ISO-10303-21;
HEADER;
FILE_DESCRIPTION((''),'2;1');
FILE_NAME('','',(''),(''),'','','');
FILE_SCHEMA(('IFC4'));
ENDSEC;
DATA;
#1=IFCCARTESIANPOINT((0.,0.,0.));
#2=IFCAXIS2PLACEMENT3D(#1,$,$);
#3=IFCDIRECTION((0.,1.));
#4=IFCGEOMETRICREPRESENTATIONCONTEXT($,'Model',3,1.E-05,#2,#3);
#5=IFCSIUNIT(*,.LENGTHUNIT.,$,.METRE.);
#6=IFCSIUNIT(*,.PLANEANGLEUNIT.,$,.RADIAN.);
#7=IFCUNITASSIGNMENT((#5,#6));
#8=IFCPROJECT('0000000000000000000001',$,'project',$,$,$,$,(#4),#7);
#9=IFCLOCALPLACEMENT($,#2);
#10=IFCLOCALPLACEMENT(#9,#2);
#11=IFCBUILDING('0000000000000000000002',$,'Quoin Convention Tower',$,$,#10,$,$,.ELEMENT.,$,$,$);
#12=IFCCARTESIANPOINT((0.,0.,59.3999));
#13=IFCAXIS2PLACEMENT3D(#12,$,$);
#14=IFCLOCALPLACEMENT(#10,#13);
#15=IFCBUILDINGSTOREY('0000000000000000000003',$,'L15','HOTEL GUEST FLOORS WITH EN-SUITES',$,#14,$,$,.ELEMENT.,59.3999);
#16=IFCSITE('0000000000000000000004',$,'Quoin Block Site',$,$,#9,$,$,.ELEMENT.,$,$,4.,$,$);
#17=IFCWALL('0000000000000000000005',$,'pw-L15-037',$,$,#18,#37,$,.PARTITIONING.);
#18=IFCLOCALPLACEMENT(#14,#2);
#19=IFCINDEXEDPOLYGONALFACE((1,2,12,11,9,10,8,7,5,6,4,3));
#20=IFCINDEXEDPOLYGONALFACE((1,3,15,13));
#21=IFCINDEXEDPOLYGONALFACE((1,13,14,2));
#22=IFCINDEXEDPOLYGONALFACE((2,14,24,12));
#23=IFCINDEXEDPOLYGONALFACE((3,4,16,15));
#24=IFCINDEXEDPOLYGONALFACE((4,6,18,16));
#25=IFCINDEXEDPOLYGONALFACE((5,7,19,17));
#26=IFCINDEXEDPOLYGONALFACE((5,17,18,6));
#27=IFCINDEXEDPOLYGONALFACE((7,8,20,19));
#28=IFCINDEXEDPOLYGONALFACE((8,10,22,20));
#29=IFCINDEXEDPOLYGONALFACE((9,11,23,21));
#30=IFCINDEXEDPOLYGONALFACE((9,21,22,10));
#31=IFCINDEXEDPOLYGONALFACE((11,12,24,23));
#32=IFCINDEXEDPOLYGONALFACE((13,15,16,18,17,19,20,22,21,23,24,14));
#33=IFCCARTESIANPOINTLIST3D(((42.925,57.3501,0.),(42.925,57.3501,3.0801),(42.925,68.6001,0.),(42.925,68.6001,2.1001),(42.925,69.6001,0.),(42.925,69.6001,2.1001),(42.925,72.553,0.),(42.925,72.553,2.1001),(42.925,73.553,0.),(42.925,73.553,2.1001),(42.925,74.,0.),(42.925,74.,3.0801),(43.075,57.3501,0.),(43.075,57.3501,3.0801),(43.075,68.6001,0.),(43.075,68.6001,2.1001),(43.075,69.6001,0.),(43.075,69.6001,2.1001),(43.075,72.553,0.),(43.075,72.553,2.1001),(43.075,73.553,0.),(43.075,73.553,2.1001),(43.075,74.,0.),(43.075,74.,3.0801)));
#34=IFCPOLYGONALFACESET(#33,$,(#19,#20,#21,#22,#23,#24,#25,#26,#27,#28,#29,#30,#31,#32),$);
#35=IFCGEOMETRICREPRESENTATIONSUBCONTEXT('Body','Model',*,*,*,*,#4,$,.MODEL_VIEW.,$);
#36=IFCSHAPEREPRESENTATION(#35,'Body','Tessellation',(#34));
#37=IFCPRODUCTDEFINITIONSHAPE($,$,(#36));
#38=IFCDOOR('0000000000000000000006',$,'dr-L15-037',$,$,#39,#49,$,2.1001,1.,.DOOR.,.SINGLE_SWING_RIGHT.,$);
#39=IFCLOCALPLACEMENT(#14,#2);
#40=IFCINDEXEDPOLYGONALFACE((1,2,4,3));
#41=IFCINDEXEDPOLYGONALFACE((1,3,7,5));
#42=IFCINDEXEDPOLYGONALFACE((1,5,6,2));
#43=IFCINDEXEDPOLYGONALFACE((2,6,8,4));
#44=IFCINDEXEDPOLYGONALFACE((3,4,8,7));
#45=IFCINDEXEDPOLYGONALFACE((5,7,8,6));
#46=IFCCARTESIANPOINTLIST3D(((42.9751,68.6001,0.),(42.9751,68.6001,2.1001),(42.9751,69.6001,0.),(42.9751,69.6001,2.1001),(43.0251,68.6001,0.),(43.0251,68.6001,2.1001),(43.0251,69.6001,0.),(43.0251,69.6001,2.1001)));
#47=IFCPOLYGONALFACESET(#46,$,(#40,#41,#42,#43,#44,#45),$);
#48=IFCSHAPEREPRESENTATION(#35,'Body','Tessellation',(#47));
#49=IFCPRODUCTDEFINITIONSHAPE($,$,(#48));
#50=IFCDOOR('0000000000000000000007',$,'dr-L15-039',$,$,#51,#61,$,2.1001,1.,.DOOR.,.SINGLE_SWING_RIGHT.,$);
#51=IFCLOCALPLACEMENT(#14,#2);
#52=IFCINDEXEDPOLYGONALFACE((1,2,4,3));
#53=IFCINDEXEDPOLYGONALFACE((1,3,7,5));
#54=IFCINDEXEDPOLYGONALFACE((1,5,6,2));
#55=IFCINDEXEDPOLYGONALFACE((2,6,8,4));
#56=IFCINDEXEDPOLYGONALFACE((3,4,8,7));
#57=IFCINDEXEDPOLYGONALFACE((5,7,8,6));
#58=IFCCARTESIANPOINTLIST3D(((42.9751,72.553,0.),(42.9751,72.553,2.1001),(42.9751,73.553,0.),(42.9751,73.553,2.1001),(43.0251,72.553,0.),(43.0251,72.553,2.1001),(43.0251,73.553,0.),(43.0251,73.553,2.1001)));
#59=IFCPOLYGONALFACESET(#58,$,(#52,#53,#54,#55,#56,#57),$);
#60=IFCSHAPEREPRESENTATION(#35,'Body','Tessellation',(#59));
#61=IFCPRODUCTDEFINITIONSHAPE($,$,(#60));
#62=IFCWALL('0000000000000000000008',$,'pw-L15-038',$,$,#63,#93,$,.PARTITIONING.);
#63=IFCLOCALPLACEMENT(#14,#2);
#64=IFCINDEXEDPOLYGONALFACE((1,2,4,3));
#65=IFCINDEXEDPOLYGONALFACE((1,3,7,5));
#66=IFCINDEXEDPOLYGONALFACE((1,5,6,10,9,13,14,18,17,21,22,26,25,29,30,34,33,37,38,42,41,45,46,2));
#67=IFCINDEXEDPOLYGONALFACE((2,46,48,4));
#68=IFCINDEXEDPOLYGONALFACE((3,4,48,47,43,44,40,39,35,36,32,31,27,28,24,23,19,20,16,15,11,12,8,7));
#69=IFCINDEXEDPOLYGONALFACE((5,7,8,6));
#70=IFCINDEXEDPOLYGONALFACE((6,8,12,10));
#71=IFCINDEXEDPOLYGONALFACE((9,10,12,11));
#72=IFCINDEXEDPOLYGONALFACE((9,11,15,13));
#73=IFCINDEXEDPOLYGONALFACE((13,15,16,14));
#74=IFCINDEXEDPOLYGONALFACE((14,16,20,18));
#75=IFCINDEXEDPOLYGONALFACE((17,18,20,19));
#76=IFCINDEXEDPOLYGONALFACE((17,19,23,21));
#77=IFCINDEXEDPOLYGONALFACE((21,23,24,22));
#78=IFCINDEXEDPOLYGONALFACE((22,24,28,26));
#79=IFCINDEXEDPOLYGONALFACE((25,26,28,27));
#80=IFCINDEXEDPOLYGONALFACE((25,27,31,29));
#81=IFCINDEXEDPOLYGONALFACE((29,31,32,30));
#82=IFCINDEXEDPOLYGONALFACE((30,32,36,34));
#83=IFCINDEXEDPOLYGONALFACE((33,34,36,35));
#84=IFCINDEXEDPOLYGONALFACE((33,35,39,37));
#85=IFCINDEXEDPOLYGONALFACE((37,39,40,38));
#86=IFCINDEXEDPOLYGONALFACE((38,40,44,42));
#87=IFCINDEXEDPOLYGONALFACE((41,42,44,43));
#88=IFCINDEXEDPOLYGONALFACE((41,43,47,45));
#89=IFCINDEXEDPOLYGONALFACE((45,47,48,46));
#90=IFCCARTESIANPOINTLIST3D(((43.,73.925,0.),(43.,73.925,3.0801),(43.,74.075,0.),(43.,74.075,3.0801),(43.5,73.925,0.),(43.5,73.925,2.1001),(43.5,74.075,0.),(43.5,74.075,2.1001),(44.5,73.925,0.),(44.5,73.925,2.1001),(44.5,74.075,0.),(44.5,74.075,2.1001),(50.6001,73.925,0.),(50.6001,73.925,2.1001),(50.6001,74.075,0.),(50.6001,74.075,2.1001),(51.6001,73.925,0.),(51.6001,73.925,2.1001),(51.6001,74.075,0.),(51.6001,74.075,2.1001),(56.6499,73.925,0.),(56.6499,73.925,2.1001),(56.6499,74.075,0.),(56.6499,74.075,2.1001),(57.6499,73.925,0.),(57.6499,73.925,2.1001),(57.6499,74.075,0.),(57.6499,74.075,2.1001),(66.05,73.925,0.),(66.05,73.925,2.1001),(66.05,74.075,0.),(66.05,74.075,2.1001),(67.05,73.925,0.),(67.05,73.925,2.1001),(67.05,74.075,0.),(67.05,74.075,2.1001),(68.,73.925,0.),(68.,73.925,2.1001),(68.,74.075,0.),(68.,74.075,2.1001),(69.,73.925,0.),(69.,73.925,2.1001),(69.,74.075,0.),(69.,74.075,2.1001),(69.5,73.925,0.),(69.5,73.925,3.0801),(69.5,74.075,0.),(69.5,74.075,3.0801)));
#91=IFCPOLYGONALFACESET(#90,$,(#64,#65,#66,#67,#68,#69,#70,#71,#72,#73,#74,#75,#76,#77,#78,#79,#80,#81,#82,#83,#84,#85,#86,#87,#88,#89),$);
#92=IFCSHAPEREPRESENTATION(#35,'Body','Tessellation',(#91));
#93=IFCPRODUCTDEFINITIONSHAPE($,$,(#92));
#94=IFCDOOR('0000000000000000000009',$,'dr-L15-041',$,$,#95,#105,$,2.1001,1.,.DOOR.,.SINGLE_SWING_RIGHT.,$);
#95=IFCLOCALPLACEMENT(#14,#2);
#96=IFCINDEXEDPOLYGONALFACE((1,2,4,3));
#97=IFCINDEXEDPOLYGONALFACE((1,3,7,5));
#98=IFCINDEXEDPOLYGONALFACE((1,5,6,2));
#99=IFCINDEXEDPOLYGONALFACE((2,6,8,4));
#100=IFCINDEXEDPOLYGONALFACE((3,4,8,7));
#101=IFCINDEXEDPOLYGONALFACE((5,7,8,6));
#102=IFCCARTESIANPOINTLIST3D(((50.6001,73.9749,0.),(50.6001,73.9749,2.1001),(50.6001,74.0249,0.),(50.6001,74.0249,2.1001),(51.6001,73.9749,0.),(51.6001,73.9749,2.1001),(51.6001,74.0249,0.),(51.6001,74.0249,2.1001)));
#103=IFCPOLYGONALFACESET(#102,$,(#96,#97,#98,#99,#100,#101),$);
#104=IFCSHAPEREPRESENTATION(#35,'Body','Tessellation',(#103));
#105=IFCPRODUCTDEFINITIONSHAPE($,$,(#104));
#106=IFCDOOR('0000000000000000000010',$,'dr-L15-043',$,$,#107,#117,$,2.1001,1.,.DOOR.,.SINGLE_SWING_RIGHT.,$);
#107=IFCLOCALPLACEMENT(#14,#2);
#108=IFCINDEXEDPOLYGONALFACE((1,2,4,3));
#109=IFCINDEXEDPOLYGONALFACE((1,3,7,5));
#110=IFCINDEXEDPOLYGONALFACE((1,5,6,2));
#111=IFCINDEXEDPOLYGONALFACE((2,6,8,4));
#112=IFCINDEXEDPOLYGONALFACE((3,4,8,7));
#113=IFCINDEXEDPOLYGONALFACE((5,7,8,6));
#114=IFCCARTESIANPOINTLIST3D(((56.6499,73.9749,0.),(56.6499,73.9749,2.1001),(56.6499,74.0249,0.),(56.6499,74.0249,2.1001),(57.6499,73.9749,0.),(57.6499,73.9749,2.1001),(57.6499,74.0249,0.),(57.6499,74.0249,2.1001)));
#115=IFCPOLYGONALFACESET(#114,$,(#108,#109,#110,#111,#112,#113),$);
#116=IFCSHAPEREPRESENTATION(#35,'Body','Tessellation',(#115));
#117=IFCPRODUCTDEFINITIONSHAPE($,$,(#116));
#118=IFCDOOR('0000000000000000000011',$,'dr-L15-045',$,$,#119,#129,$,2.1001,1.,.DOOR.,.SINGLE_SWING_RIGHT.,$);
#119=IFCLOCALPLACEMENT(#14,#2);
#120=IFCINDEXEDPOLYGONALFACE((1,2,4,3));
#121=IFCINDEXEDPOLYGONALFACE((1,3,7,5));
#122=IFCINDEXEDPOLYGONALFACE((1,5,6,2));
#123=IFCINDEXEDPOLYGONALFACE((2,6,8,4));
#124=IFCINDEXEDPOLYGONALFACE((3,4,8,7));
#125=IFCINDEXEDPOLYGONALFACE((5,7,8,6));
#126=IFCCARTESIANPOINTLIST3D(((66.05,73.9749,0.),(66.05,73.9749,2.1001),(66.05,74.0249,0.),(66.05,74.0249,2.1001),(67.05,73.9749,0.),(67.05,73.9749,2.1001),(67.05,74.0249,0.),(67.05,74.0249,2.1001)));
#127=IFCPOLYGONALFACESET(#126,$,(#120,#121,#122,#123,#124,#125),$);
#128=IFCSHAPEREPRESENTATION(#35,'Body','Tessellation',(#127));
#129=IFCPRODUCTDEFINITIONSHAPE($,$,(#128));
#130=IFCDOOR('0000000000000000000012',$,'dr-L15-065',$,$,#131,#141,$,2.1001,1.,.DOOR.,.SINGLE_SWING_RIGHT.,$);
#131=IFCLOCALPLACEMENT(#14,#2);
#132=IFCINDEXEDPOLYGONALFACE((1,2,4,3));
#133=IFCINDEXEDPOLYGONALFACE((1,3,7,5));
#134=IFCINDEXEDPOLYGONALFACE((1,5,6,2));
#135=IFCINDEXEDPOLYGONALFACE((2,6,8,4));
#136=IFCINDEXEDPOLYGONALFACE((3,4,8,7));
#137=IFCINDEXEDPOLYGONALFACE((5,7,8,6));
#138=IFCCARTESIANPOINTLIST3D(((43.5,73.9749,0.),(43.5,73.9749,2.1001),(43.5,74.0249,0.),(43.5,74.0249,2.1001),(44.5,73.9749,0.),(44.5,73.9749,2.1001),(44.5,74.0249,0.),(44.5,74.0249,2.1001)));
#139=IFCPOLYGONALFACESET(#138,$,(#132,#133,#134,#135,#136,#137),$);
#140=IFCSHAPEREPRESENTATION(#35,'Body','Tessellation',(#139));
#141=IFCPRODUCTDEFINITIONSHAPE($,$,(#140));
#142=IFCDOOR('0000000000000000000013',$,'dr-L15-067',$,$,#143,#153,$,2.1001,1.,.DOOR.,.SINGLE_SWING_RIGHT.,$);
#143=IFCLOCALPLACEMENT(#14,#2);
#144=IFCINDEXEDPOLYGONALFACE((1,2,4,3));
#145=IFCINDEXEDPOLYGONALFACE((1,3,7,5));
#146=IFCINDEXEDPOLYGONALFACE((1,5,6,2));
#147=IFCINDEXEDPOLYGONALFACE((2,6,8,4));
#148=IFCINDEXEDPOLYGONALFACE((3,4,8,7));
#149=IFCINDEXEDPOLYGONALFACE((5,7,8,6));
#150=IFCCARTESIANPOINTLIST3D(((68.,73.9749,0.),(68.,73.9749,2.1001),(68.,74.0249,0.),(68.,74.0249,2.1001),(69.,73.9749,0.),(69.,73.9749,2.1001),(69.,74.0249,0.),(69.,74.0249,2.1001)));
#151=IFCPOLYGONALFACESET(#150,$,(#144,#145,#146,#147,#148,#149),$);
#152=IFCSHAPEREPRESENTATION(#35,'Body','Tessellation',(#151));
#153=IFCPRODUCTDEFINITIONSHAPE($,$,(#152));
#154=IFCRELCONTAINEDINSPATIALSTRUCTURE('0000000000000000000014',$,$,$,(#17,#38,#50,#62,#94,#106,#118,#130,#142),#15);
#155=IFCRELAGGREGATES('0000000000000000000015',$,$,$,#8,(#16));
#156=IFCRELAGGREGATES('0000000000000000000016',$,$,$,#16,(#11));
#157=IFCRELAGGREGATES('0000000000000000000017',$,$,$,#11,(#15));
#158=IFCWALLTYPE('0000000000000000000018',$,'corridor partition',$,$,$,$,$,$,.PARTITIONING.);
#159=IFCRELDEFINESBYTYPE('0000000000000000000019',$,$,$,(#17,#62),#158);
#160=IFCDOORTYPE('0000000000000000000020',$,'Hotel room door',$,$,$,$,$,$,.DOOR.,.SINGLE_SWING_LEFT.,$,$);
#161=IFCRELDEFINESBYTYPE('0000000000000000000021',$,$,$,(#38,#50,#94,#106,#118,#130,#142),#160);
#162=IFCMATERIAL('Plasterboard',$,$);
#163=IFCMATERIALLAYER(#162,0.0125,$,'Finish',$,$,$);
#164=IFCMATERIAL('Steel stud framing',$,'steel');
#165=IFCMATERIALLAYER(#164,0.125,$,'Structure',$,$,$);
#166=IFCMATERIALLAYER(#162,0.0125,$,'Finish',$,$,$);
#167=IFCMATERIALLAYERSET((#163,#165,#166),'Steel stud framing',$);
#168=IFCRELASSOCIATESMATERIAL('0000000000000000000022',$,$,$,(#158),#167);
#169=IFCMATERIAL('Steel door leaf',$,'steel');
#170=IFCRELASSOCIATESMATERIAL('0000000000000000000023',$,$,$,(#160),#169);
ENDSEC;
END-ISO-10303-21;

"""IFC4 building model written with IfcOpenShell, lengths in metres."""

from ifc_helpers import new_model, si_unit, direction, frame, frame_2d, origin, place, context, subcontext, project, spatial, rectangle, extrude, material, layer, layer_set, type_object, element, fill, save


model = new_model("IFC4")

# Units and contexts
model_context = context("Model", 3, precision=1e-05, world=origin(), true_north=direction((0.0, 1.0)))
body_context = subcontext(model_context, "Body", "Model", "MODEL_VIEW")
ifc_project = project(units=[si_unit("LENGTHUNIT", "METRE"), si_unit("PLANEANGLEUNIT", "RADIAN")], contexts=[model_context])

# Site, building, storey
site_placement = place(None, origin())
site = spatial("IfcSite", under=ifc_project, at=site_placement, Name="Quoin Block Site", CompositionType="ELEMENT", RefElevation=4.0)
building_placement = place(site_placement, origin())
building = spatial("IfcBuilding", under=site, at=building_placement, Name="Quoin Convention Tower", CompositionType="ELEMENT")
storey_placement = place(building_placement, frame((0.0, 0.0, 59.3999)))
storey = spatial("IfcBuildingStorey", under=building, at=storey_placement, Name="L15", Description="HOTEL GUEST FLOORS WITH EN-SUITES", CompositionType="ELEMENT", Elevation=59.3999)

# Shared definitions
ifc_material_1 = material(Name="Steel door leaf", Category="steel")

# Walls, openings, doors
ifc_material_2 = material(Name="Plasterboard")
ifc_layer_1 = layer(ifc_material_2, 0.0125, Name="Finish")
ifc_material_3 = material(Name="Steel stud framing", Category="steel")
ifc_layer_2 = layer(ifc_material_3, 0.125, Name="Structure")
ifc_layer_3 = layer(ifc_material_2, 0.0125, Name="Finish")
ifc_layer_set_1 = layer_set([ifc_layer_1, ifc_layer_2, ifc_layer_3], Name="Steel stud framing")
wall_type_1 = type_object("IfcWallType", Name="corridor partition", PredefinedType="PARTITIONING", material=ifc_layer_set_1)
wall_1_placement = place(storey_placement, frame((43.0, 57.3501, 0.0), z_axis=(0.0, 0.0, 1.0), x_axis=(0.0, 1.0, 0.0)))
wall_1 = element("IfcWall", 1, at=wall_1_placement, inside=storey, type_object=wall_type_1, Name="pw-L15-037", PredefinedType="PARTITIONING", context=body_context, shape_type="SweptSolid", body=[
    extrude(rectangle(XDim=16.6499, YDim=0.1499, at=frame_2d((8.325, 0.0))), origin(), (0.0, 0.0, 1.0), 3.0801),
])
opening_1_placement = place(wall_1_placement, frame((11.25, 0.0, 0.0)))
opening_1 = element("IfcOpeningElement", 2, at=opening_1_placement, cuts=wall_1, PredefinedType="OPENING", context=body_context, shape_type="SweptSolid", body=[
    extrude(rectangle(XDim=1.0, YDim=2.1001, at=frame_2d((0.5, 1.05))), frame((0.0, 0.085, 0.0), z_axis=(0.0, -1.0, 0.0), x_axis=(1.0, 0.0, 0.0)), (0.0, 0.0, 1.0), 0.1699),
])
opening_2_placement = place(wall_1_placement, frame((15.2029, 0.0, 0.0)))
opening_2 = element("IfcOpeningElement", 3, at=opening_2_placement, cuts=wall_1, PredefinedType="OPENING", context=body_context, shape_type="SweptSolid", body=[
    extrude(rectangle(XDim=1.0, YDim=2.1001, at=frame_2d((0.5, 1.05))), frame((0.0, 0.085, 0.0), z_axis=(0.0, -1.0, 0.0), x_axis=(1.0, 0.0, 0.0)), (0.0, 0.0, 1.0), 0.1699),
])
door_type_1 = type_object("IfcDoorType", Name="Hotel room door", OperationType="SINGLE_SWING_LEFT", PredefinedType="DOOR", material=ifc_material_1)
door_1_placement = place(opening_1_placement, origin())
door_1 = element("IfcDoor", 4, at=door_1_placement, inside=storey, type_object=door_type_1, Name="dr-L15-037", OperationType="SINGLE_SWING_RIGHT", OverallHeight=2.1001, OverallWidth=1.0, PredefinedType="DOOR", context=body_context, shape_type="SweptSolid", body=[
    extrude(rectangle(XDim=1.0, YDim=2.1001, at=frame_2d((0.5, 1.05))), frame((0.0, 0.0249, 0.0), z_axis=(0.0, -1.0, 0.0), x_axis=(1.0, 0.0, 0.0)), (0.0, 0.0, 1.0), 0.05),
])
fill(opening_1, door_1)
door_2_placement = place(opening_2_placement, origin())
door_2 = element("IfcDoor", 5, at=door_2_placement, inside=storey, type_object=door_type_1, Name="dr-L15-039", OperationType="SINGLE_SWING_RIGHT", OverallHeight=2.1001, OverallWidth=1.0, PredefinedType="DOOR", context=body_context, shape_type="SweptSolid", body=[
    extrude(rectangle(XDim=1.0, YDim=2.1001, at=frame_2d((0.5, 1.05))), frame((0.0, 0.0249, 0.0), z_axis=(0.0, -1.0, 0.0), x_axis=(1.0, 0.0, 0.0)), (0.0, 0.0, 1.0), 0.05),
])
fill(opening_2, door_2)
wall_2_placement = place(storey_placement, frame((43.0, 74.0, 0.0), z_axis=(0.0, 0.0, 1.0), x_axis=(1.0, 0.0, 0.0)))
wall_2 = element("IfcWall", 6, at=wall_2_placement, inside=storey, type_object=wall_type_1, Name="pw-L15-038", PredefinedType="PARTITIONING", context=body_context, shape_type="SweptSolid", body=[
    extrude(rectangle(XDim=26.5, YDim=0.1499, at=frame_2d((13.25, 0.0))), origin(), (0.0, 0.0, 1.0), 3.0801),
])
opening_3_placement = place(wall_2_placement, frame((7.6001, 0.0, 0.0)))
opening_3 = element("IfcOpeningElement", 7, at=opening_3_placement, cuts=wall_2, PredefinedType="OPENING", context=body_context, shape_type="SweptSolid", body=[
    extrude(rectangle(XDim=1.0, YDim=2.1001, at=frame_2d((0.5, 1.05))), frame((0.0, 0.085, 0.0), z_axis=(0.0, -1.0, 0.0), x_axis=(1.0, 0.0, 0.0)), (0.0, 0.0, 1.0), 0.1699),
])
opening_4_placement = place(wall_2_placement, frame((13.6499, 0.0, 0.0)))
opening_4 = element("IfcOpeningElement", 8, at=opening_4_placement, cuts=wall_2, PredefinedType="OPENING", context=body_context, shape_type="SweptSolid", body=[
    extrude(rectangle(XDim=1.0, YDim=2.1001, at=frame_2d((0.5, 1.05))), frame((0.0, 0.085, 0.0), z_axis=(0.0, -1.0, 0.0), x_axis=(1.0, 0.0, 0.0)), (0.0, 0.0, 1.0), 0.1699),
])
opening_5_placement = place(wall_2_placement, frame((23.05, 0.0, 0.0)))
opening_5 = element("IfcOpeningElement", 9, at=opening_5_placement, cuts=wall_2, PredefinedType="OPENING", context=body_context, shape_type="SweptSolid", body=[
    extrude(rectangle(XDim=1.0, YDim=2.1001, at=frame_2d((0.5, 1.05))), frame((0.0, 0.085, 0.0), z_axis=(0.0, -1.0, 0.0), x_axis=(1.0, 0.0, 0.0)), (0.0, 0.0, 1.0), 0.1699),
])
opening_6_placement = place(wall_2_placement, frame((0.5, 0.0, 0.0)))
opening_6 = element("IfcOpeningElement", 10, at=opening_6_placement, cuts=wall_2, PredefinedType="OPENING", context=body_context, shape_type="SweptSolid", body=[
    extrude(rectangle(XDim=1.0, YDim=2.1001, at=frame_2d((0.5, 1.05))), frame((0.0, 0.085, 0.0), z_axis=(0.0, -1.0, 0.0), x_axis=(1.0, 0.0, 0.0)), (0.0, 0.0, 1.0), 0.1699),
])
opening_7_placement = place(wall_2_placement, frame((25.0, 0.0, 0.0)))
opening_7 = element("IfcOpeningElement", 11, at=opening_7_placement, cuts=wall_2, PredefinedType="OPENING", context=body_context, shape_type="SweptSolid", body=[
    extrude(rectangle(XDim=1.0, YDim=2.1001, at=frame_2d((0.5, 1.05))), frame((0.0, 0.085, 0.0), z_axis=(0.0, -1.0, 0.0), x_axis=(1.0, 0.0, 0.0)), (0.0, 0.0, 1.0), 0.1699),
])
door_3_placement = place(opening_3_placement, origin())
door_3 = element("IfcDoor", 12, at=door_3_placement, inside=storey, type_object=door_type_1, Name="dr-L15-041", OperationType="SINGLE_SWING_RIGHT", OverallHeight=2.1001, OverallWidth=1.0, PredefinedType="DOOR", context=body_context, shape_type="SweptSolid", body=[
    extrude(rectangle(XDim=1.0, YDim=2.1001, at=frame_2d((0.5, 1.05))), frame((0.0, 0.0249, 0.0), z_axis=(0.0, -1.0, 0.0), x_axis=(1.0, 0.0, 0.0)), (0.0, 0.0, 1.0), 0.05),
])
fill(opening_3, door_3)
door_4_placement = place(opening_4_placement, origin())
door_4 = element("IfcDoor", 13, at=door_4_placement, inside=storey, type_object=door_type_1, Name="dr-L15-043", OperationType="SINGLE_SWING_RIGHT", OverallHeight=2.1001, OverallWidth=1.0, PredefinedType="DOOR", context=body_context, shape_type="SweptSolid", body=[
    extrude(rectangle(XDim=1.0, YDim=2.1001, at=frame_2d((0.5, 1.05))), frame((0.0, 0.0249, 0.0), z_axis=(0.0, -1.0, 0.0), x_axis=(1.0, 0.0, 0.0)), (0.0, 0.0, 1.0), 0.05),
])
fill(opening_4, door_4)
door_5_placement = place(opening_5_placement, origin())
door_5 = element("IfcDoor", 14, at=door_5_placement, inside=storey, type_object=door_type_1, Name="dr-L15-045", OperationType="SINGLE_SWING_RIGHT", OverallHeight=2.1001, OverallWidth=1.0, PredefinedType="DOOR", context=body_context, shape_type="SweptSolid", body=[
    extrude(rectangle(XDim=1.0, YDim=2.1001, at=frame_2d((0.5, 1.05))), frame((0.0, 0.0249, 0.0), z_axis=(0.0, -1.0, 0.0), x_axis=(1.0, 0.0, 0.0)), (0.0, 0.0, 1.0), 0.05),
])
fill(opening_5, door_5)
door_6_placement = place(opening_6_placement, origin())
door_6 = element("IfcDoor", 15, at=door_6_placement, inside=storey, type_object=door_type_1, Name="dr-L15-065", OperationType="SINGLE_SWING_RIGHT", OverallHeight=2.1001, OverallWidth=1.0, PredefinedType="DOOR", context=body_context, shape_type="SweptSolid", body=[
    extrude(rectangle(XDim=1.0, YDim=2.1001, at=frame_2d((0.5, 1.05))), frame((0.0, 0.0249, 0.0), z_axis=(0.0, -1.0, 0.0), x_axis=(1.0, 0.0, 0.0)), (0.0, 0.0, 1.0), 0.05),
])
fill(opening_6, door_6)
door_7_placement = place(opening_7_placement, origin())
door_7 = element("IfcDoor", 16, at=door_7_placement, inside=storey, type_object=door_type_1, Name="dr-L15-067", OperationType="SINGLE_SWING_RIGHT", OverallHeight=2.1001, OverallWidth=1.0, PredefinedType="DOOR", context=body_context, shape_type="SweptSolid", body=[
    extrude(rectangle(XDim=1.0, YDim=2.1001, at=frame_2d((0.5, 1.05))), frame((0.0, 0.0249, 0.0), z_axis=(0.0, -1.0, 0.0), x_axis=(1.0, 0.0, 0.0)), (0.0, 0.0, 1.0), 0.05),
])
fill(opening_7, door_7)

save(model, "model.ifc")
